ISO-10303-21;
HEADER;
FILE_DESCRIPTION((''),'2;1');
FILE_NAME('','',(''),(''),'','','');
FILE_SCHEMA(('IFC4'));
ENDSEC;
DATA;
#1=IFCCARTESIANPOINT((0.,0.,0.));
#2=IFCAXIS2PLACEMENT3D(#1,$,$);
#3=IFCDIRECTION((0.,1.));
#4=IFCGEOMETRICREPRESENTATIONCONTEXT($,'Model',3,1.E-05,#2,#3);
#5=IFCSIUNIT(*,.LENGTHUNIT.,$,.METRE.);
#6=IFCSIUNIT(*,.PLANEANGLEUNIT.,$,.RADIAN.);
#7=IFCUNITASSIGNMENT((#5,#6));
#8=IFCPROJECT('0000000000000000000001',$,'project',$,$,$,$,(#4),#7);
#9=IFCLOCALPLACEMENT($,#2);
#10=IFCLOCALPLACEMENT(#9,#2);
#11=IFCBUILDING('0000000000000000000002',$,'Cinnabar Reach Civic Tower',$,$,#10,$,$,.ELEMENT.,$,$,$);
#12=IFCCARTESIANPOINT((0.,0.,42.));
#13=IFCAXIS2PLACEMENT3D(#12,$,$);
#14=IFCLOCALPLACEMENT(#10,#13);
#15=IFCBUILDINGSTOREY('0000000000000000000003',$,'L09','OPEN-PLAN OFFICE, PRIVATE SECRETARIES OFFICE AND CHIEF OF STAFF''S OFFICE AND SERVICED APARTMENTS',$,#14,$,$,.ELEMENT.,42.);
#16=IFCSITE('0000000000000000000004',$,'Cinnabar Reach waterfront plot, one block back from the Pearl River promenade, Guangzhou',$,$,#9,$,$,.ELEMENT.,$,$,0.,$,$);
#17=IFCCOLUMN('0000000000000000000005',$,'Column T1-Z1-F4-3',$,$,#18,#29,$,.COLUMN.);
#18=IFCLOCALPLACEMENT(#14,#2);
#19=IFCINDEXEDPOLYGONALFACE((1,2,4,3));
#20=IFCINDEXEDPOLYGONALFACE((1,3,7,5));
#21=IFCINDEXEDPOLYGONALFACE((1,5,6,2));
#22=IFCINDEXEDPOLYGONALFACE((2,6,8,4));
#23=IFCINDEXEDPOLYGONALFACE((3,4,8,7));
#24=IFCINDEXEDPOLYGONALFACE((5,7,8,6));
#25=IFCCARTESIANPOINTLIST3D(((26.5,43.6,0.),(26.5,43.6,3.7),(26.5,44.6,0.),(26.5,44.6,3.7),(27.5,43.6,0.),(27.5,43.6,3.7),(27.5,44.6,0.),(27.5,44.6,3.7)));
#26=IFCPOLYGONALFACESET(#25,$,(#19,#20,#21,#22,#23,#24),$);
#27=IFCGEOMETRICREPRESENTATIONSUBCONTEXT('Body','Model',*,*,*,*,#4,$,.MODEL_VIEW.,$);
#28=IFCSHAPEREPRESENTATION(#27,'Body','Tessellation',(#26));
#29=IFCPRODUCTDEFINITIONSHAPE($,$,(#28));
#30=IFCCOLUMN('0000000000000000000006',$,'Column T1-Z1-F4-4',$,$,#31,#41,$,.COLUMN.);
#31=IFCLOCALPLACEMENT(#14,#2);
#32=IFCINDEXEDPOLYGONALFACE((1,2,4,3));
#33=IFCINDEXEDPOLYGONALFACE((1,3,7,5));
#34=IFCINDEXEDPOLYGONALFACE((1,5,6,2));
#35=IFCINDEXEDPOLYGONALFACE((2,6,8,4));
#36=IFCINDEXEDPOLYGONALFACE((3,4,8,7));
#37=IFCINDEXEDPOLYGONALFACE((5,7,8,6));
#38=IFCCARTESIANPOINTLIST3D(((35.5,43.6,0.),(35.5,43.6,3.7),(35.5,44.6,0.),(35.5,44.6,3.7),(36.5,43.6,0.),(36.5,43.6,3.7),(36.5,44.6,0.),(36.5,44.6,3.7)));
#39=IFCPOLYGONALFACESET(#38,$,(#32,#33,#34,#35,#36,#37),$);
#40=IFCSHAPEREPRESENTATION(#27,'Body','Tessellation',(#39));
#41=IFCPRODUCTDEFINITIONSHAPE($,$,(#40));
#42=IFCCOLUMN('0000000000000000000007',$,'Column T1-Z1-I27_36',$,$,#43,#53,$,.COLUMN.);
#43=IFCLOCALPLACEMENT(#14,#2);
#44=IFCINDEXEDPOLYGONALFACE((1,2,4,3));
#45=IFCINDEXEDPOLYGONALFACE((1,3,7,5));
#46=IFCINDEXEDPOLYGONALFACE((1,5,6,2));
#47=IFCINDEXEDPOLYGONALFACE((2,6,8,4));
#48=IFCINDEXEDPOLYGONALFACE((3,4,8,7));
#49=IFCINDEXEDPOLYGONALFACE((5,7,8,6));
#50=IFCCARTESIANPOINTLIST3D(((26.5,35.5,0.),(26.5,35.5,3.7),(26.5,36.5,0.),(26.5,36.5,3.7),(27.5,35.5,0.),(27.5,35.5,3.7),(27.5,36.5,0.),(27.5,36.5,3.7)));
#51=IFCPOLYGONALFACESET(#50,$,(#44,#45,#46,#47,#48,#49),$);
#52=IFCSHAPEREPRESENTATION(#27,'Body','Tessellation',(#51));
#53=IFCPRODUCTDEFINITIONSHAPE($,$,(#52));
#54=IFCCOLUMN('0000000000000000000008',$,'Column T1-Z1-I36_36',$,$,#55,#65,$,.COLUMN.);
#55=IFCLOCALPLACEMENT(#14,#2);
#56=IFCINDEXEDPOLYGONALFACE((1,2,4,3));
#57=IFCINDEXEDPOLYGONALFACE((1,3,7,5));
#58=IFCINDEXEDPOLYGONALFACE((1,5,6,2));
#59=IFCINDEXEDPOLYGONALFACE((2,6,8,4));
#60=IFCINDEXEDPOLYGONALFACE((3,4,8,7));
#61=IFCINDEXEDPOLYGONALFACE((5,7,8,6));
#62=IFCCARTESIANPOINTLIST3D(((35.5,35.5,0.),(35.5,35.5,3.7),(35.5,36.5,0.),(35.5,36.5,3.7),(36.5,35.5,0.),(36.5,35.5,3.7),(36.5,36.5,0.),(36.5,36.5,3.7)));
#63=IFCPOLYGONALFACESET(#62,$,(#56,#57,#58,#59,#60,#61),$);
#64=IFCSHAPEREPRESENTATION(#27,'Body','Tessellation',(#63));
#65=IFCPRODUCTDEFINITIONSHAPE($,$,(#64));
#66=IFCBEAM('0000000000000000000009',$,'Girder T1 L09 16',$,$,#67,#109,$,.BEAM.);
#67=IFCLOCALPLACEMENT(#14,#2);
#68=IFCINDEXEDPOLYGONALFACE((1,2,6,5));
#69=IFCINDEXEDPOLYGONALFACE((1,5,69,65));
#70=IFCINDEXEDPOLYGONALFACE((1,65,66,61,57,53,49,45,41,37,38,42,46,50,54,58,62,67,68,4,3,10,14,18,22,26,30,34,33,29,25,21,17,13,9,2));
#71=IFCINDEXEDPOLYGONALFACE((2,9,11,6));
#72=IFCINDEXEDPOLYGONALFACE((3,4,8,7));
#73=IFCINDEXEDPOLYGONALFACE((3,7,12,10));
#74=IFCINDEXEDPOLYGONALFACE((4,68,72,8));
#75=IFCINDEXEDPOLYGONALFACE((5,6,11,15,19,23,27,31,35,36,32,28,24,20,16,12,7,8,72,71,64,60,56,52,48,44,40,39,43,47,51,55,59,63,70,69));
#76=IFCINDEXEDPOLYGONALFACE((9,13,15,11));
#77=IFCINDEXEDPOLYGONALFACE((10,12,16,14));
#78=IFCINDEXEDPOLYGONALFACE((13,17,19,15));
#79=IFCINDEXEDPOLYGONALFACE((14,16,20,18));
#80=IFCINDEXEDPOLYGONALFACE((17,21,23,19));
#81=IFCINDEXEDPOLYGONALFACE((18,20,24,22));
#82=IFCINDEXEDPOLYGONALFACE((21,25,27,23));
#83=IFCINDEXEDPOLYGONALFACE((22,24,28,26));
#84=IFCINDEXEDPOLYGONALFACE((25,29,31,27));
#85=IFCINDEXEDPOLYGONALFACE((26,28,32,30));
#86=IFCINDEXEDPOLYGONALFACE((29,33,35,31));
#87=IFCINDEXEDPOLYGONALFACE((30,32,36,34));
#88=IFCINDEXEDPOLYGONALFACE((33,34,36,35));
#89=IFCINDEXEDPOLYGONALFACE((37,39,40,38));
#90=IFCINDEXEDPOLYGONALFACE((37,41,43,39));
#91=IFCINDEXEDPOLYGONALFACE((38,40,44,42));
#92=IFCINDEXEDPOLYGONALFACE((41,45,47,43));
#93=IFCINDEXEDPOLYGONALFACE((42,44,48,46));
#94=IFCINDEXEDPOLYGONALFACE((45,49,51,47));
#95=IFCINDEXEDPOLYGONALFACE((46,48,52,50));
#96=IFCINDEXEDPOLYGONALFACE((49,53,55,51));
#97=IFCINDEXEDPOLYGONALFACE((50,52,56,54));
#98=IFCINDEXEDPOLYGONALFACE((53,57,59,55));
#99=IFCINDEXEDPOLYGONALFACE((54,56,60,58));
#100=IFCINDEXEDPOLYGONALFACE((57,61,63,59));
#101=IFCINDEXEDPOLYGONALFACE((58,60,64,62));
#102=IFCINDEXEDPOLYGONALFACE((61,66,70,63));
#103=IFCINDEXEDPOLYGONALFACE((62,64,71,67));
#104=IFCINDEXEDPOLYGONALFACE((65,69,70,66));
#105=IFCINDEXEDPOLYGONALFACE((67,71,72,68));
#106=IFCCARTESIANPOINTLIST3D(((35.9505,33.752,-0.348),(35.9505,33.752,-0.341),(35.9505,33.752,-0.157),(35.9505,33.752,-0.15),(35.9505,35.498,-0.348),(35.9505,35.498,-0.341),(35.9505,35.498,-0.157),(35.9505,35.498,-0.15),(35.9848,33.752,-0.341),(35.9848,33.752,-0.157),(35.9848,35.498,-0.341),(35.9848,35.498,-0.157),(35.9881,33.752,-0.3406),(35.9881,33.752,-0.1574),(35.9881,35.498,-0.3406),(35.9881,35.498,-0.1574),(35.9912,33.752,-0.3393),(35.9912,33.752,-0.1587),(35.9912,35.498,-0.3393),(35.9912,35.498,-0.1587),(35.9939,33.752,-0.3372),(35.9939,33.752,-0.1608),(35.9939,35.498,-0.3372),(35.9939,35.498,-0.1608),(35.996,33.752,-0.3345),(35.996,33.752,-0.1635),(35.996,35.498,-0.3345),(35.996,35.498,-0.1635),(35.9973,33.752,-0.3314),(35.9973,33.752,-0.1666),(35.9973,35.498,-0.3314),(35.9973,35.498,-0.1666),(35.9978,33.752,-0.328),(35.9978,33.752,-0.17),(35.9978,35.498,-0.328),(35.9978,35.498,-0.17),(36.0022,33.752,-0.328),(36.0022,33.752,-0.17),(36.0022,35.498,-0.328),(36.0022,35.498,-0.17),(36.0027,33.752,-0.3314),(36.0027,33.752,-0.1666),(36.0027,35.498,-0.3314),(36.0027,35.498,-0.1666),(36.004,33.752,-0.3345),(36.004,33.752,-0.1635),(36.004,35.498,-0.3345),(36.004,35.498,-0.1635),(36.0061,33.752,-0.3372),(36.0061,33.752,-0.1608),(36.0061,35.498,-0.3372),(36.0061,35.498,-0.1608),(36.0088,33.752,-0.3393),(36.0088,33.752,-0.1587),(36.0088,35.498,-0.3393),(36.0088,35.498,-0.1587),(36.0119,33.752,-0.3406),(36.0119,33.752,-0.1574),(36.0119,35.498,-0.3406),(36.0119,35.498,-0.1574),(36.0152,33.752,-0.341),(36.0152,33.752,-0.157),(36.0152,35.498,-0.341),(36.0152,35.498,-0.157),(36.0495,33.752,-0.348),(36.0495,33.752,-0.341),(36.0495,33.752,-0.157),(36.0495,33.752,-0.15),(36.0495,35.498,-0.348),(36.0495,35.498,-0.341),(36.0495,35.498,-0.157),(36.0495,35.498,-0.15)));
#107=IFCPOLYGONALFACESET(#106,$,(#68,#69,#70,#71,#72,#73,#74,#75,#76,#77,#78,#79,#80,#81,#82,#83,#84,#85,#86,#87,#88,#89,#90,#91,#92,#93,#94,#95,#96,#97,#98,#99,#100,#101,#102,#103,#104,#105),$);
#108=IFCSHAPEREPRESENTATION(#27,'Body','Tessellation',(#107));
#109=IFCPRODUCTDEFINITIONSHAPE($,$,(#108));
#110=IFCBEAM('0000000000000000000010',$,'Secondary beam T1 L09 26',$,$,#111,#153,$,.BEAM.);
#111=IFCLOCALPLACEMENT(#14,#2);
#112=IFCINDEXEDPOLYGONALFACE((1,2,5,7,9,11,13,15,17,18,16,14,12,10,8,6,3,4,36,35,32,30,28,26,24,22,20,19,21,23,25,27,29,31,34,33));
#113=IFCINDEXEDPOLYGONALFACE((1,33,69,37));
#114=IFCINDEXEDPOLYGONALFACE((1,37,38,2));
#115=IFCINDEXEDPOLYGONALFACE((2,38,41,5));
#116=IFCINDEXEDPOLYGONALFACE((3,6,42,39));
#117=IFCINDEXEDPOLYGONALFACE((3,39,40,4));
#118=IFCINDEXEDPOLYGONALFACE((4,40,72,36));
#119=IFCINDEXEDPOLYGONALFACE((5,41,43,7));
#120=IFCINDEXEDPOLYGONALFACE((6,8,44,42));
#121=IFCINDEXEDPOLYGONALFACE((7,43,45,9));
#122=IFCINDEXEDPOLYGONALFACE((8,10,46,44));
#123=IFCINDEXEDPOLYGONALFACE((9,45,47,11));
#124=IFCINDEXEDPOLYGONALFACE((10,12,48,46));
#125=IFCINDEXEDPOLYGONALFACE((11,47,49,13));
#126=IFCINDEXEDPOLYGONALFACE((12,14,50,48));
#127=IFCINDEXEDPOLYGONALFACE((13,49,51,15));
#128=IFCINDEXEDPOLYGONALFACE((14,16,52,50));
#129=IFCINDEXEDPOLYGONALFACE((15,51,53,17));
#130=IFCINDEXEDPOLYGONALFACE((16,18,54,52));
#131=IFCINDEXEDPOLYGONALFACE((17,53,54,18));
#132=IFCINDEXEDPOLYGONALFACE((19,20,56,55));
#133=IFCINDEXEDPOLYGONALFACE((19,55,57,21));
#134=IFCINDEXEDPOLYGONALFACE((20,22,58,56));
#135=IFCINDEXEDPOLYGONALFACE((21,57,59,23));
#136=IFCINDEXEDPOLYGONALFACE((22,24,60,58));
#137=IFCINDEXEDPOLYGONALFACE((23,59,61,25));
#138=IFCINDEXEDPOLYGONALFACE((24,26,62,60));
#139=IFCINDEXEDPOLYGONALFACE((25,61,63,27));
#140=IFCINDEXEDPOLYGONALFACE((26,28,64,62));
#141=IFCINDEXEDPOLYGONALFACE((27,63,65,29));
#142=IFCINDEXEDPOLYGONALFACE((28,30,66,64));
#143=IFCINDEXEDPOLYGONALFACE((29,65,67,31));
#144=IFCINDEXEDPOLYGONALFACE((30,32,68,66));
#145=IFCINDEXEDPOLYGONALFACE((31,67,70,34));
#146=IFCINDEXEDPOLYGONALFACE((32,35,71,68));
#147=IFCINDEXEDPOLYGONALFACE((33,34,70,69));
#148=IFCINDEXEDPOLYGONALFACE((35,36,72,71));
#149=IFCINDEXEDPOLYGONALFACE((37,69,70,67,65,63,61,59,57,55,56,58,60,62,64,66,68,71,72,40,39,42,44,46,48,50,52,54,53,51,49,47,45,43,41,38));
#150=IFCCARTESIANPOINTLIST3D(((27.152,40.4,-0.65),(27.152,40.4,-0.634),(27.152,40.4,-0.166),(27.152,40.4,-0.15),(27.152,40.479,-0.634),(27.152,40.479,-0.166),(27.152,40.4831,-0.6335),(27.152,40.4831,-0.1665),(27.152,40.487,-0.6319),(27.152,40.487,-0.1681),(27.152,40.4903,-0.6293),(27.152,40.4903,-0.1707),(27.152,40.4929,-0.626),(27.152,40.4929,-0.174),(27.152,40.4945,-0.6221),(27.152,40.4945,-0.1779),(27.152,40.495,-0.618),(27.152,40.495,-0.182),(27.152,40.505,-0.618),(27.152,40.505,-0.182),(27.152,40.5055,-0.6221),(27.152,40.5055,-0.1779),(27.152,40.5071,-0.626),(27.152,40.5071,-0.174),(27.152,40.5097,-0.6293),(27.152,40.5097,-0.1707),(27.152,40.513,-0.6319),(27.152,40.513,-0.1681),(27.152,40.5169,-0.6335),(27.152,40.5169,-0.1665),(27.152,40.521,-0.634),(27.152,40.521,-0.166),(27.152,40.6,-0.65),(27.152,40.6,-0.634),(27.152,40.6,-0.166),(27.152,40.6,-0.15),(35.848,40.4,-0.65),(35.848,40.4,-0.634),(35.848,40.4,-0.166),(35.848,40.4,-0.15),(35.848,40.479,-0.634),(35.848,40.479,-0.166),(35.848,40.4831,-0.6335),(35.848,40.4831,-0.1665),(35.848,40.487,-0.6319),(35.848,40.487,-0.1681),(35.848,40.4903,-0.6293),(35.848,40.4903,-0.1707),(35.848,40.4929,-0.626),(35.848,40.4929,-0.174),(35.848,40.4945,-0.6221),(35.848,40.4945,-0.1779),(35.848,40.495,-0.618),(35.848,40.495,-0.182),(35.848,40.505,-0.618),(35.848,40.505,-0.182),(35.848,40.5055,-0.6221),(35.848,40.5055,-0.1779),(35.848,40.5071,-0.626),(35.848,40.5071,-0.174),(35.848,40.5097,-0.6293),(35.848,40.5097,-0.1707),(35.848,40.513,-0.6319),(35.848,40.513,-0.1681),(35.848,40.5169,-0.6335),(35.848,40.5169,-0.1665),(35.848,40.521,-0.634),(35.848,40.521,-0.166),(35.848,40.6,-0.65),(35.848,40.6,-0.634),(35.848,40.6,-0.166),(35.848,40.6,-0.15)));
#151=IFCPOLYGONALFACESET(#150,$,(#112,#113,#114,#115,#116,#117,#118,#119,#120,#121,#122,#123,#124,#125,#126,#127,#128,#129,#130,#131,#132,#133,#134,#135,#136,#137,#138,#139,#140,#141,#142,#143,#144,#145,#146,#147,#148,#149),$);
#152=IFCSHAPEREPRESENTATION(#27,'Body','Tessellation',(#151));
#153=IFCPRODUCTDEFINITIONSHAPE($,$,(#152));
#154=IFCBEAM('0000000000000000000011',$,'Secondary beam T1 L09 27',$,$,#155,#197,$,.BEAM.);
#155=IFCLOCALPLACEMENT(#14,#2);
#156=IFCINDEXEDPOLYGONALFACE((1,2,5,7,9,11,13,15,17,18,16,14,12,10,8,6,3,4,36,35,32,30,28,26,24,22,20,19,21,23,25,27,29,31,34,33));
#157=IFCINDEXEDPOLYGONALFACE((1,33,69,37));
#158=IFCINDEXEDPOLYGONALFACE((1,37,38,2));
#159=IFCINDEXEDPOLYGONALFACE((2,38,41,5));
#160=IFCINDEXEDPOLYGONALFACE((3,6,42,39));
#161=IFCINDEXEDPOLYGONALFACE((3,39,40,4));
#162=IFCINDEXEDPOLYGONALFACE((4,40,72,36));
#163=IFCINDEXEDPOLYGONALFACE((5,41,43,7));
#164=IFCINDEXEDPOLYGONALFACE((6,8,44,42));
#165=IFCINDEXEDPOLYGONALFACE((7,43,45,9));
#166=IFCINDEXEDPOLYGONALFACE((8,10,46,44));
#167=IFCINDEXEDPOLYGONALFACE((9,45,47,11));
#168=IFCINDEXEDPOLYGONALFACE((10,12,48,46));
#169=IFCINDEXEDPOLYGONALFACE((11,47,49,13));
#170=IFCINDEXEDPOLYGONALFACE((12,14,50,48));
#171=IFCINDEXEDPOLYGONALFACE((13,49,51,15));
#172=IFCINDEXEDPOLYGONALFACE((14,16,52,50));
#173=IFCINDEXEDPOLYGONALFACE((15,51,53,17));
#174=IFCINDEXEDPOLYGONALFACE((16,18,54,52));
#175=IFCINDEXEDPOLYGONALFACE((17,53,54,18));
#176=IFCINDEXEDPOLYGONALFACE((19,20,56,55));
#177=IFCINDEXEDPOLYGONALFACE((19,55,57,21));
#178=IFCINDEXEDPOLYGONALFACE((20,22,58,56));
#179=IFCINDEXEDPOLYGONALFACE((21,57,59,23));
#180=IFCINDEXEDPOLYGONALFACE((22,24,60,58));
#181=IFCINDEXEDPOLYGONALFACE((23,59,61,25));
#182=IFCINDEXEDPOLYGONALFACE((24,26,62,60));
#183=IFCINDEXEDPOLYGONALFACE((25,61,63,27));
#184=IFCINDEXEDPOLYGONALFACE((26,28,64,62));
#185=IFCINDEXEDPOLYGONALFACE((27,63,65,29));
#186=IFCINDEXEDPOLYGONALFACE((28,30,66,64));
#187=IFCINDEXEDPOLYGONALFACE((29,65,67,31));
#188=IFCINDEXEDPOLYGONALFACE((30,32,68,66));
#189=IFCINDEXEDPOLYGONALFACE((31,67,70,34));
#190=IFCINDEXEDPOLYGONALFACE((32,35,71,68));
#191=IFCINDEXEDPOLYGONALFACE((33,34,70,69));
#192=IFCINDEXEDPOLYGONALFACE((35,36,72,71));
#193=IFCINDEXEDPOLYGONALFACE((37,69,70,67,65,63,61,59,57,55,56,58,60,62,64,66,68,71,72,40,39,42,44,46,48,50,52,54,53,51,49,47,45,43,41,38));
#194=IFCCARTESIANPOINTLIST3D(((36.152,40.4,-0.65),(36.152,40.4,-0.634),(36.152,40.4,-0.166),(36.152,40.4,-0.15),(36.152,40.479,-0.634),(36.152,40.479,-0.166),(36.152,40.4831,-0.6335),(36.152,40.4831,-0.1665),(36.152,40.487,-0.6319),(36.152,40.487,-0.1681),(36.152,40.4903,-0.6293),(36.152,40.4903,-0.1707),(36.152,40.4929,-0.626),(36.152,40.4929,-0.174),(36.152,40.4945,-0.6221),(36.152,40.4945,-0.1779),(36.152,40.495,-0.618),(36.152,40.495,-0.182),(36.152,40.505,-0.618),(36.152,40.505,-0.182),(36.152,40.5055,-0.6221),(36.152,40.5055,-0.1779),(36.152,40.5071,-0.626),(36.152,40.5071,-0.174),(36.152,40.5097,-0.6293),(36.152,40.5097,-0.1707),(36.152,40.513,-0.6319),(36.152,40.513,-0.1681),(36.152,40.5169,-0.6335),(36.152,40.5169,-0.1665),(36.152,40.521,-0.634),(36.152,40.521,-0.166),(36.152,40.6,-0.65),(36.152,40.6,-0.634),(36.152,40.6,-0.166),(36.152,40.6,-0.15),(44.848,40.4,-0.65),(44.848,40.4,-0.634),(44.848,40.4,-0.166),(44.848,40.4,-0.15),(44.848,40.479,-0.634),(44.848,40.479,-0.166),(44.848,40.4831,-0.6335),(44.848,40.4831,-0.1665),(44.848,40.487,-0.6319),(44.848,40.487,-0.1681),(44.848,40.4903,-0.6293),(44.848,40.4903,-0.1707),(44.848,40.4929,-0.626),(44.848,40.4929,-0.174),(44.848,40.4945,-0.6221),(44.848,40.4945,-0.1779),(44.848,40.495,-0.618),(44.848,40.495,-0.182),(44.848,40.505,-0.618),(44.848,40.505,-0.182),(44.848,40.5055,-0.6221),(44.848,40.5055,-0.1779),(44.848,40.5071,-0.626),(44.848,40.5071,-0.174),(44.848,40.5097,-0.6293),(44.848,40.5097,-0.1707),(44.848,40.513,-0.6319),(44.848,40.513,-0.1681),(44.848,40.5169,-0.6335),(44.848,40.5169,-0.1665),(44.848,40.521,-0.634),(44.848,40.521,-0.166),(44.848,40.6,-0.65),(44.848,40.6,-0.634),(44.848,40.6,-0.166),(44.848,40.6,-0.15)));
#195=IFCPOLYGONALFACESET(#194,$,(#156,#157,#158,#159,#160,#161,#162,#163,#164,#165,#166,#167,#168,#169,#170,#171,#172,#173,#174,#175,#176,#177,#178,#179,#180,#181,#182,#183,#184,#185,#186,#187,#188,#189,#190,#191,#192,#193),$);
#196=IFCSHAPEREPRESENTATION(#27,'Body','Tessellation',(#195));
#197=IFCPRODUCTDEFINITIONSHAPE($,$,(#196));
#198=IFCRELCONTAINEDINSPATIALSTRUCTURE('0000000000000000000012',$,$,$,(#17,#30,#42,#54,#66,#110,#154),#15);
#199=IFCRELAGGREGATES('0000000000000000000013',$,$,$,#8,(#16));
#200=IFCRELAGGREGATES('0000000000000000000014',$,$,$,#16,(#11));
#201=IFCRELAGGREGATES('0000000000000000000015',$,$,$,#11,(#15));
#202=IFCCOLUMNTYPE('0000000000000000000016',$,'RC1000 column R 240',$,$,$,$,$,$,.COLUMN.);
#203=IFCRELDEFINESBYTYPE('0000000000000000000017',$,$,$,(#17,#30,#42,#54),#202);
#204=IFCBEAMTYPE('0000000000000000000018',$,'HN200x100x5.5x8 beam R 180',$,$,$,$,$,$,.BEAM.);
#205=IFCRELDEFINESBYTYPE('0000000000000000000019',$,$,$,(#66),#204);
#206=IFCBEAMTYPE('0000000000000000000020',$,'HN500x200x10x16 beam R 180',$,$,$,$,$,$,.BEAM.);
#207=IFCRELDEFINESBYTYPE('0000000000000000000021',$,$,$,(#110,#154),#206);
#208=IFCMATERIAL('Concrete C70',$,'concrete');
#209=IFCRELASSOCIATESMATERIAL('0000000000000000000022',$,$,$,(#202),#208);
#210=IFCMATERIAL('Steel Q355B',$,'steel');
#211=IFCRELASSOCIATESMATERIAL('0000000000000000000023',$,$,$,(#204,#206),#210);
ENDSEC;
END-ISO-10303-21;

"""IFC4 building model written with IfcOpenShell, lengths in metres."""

from ifc_helpers import new_model, si_unit, direction, frame, origin, origin_2d, place, context, subcontext, project, spatial, rectangle, i_section, extrude, material, material_profile, profile_set, type_object, element, save


model = new_model("IFC4")

# Units and contexts
model_context = context("Model", 3, precision=1e-05, world=origin(), true_north=direction((0.0, 1.0)))
body_context = subcontext(model_context, "Body", "Model", "MODEL_VIEW")
ifc_project = project(units=[si_unit("LENGTHUNIT", "METRE"), si_unit("PLANEANGLEUNIT", "RADIAN")], contexts=[model_context])

# Site, building, storey
site_placement = place(None, origin())
site = spatial("IfcSite", under=ifc_project, at=site_placement, Name="Cinnabar Reach waterfront plot, one block back from the Pearl River promenade, Guangzhou", CompositionType="ELEMENT", RefElevation=0.0)
building_placement = place(site_placement, origin())
building = spatial("IfcBuilding", under=site, at=building_placement, Name="Cinnabar Reach Civic Tower", CompositionType="ELEMENT")
storey_placement = place(building_placement, frame((0.0, 0.0, 42.0)))
storey = spatial("IfcBuildingStorey", under=building, at=storey_placement, Name="L09", Description="OPEN-PLAN OFFICE, PRIVATE SECRETARIES OFFICE AND CHIEF OF STAFF'S OFFICE AND SERVICED APARTMENTS", CompositionType="ELEMENT", Elevation=42.0)

# Columns
ifc_material_1 = material(Name="Concrete C70", Category="concrete")
ifc_material_profile_1 = material_profile(ifc_material_1, rectangle(XDim=1.0, YDim=1.0, at=origin_2d()), Name="RC1000")
ifc_profile_set_1 = profile_set([ifc_material_profile_1], Name="Concrete C70")
column_type = type_object("IfcColumnType", Name="RC1000 column R 240", PredefinedType="COLUMN", material=ifc_profile_set_1)
for number, where, z_axis, x_axis, name in (
    (1, (27.0, 44.1, 0.0), (0.0, 0.0, 1.0), (1.0, 0.0, 0.0), "Column T1-Z1-F4-3"),
    (2, (36.0, 44.1, 0.0), (0.0, 0.0, 1.0), (1.0, 0.0, 0.0), "Column T1-Z1-F4-4"),
    (3, (27.0, 36.0, 0.0), (0.0, 0.0, 1.0), (1.0, 0.0, 0.0), "Column T1-Z1-I27_36"),
    (4, (36.0, 36.0, 0.0), (0.0, 0.0, 1.0), (1.0, 0.0, 0.0), "Column T1-Z1-I36_36"),
):
    element("IfcColumn", number, at=place(storey_placement, frame(where, z_axis=z_axis, x_axis=x_axis)), inside=storey, type_object=column_type, Name=name, PredefinedType="COLUMN", context=body_context, shape_type="SweptSolid", body=[
        extrude(rectangle(XDim=1.0, YDim=1.0, at=origin_2d()), origin(), (0.0, 0.0, 1.0), 3.7),
    ])

# Beams
ifc_material_2 = material(Name="Steel Q355B", Category="steel")
ifc_material_profile_2 = material_profile(ifc_material_2, i_section(OverallWidth=0.099, OverallDepth=0.198, WebThickness=0.0045, FlangeThickness=0.007, FilletRadius=0.013, at=origin_2d()), Name="HN200x100x5.5x8")
ifc_profile_set_2 = profile_set([ifc_material_profile_2], Name="Steel Q355B")
beam_type_1 = type_object("IfcBeamType", Name="HN200x100x5.5x8 beam R 180", PredefinedType="BEAM", material=ifc_profile_set_2)
beam_1_placement = place(storey_placement, frame((36.0, 33.752, -0.249), z_axis=(0.0, 1.0, 0.0), x_axis=(-1.0, 0.0, 0.0)))
element("IfcBeam", 5, at=beam_1_placement, inside=storey, type_object=beam_type_1, Name="Girder T1 L09 16", PredefinedType="BEAM", context=body_context, shape_type="SweptSolid", body=[
    extrude(i_section(OverallWidth=0.099, OverallDepth=0.198, WebThickness=0.0045, FlangeThickness=0.007, FilletRadius=0.013, at=origin_2d()), origin(), (0.0, 0.0, 1.0), 1.746),
])
ifc_material_profile_3 = material_profile(ifc_material_2, i_section(OverallWidth=0.2, OverallDepth=0.5, WebThickness=0.01, FlangeThickness=0.016, FilletRadius=0.016, at=origin_2d()), Name="HN500x200x10x16")
ifc_profile_set_3 = profile_set([ifc_material_profile_3], Name="Steel Q355B")
beam_type_2 = type_object("IfcBeamType", Name="HN500x200x10x16 beam R 180", PredefinedType="BEAM", material=ifc_profile_set_3)
for number, where, z_axis, x_axis, name in (
    (6, (27.152, 40.5, -0.4), (1.0, 0.0, 0.0), (0.0, 1.0, 0.0), "Secondary beam T1 L09 26"),
    (7, (36.152, 40.5, -0.4), (1.0, 0.0, 0.0), (0.0, 1.0, 0.0), "Secondary beam T1 L09 27"),
):
    element("IfcBeam", number, at=place(storey_placement, frame(where, z_axis=z_axis, x_axis=x_axis)), inside=storey, type_object=beam_type_2, Name=name, PredefinedType="BEAM", context=body_context, shape_type="SweptSolid", body=[
        extrude(i_section(OverallWidth=0.2, OverallDepth=0.5, WebThickness=0.01, FlangeThickness=0.016, FilletRadius=0.016, at=origin_2d()), origin(), (0.0, 0.0, 1.0), 8.696),
    ])

save(model, "model.ifc")
